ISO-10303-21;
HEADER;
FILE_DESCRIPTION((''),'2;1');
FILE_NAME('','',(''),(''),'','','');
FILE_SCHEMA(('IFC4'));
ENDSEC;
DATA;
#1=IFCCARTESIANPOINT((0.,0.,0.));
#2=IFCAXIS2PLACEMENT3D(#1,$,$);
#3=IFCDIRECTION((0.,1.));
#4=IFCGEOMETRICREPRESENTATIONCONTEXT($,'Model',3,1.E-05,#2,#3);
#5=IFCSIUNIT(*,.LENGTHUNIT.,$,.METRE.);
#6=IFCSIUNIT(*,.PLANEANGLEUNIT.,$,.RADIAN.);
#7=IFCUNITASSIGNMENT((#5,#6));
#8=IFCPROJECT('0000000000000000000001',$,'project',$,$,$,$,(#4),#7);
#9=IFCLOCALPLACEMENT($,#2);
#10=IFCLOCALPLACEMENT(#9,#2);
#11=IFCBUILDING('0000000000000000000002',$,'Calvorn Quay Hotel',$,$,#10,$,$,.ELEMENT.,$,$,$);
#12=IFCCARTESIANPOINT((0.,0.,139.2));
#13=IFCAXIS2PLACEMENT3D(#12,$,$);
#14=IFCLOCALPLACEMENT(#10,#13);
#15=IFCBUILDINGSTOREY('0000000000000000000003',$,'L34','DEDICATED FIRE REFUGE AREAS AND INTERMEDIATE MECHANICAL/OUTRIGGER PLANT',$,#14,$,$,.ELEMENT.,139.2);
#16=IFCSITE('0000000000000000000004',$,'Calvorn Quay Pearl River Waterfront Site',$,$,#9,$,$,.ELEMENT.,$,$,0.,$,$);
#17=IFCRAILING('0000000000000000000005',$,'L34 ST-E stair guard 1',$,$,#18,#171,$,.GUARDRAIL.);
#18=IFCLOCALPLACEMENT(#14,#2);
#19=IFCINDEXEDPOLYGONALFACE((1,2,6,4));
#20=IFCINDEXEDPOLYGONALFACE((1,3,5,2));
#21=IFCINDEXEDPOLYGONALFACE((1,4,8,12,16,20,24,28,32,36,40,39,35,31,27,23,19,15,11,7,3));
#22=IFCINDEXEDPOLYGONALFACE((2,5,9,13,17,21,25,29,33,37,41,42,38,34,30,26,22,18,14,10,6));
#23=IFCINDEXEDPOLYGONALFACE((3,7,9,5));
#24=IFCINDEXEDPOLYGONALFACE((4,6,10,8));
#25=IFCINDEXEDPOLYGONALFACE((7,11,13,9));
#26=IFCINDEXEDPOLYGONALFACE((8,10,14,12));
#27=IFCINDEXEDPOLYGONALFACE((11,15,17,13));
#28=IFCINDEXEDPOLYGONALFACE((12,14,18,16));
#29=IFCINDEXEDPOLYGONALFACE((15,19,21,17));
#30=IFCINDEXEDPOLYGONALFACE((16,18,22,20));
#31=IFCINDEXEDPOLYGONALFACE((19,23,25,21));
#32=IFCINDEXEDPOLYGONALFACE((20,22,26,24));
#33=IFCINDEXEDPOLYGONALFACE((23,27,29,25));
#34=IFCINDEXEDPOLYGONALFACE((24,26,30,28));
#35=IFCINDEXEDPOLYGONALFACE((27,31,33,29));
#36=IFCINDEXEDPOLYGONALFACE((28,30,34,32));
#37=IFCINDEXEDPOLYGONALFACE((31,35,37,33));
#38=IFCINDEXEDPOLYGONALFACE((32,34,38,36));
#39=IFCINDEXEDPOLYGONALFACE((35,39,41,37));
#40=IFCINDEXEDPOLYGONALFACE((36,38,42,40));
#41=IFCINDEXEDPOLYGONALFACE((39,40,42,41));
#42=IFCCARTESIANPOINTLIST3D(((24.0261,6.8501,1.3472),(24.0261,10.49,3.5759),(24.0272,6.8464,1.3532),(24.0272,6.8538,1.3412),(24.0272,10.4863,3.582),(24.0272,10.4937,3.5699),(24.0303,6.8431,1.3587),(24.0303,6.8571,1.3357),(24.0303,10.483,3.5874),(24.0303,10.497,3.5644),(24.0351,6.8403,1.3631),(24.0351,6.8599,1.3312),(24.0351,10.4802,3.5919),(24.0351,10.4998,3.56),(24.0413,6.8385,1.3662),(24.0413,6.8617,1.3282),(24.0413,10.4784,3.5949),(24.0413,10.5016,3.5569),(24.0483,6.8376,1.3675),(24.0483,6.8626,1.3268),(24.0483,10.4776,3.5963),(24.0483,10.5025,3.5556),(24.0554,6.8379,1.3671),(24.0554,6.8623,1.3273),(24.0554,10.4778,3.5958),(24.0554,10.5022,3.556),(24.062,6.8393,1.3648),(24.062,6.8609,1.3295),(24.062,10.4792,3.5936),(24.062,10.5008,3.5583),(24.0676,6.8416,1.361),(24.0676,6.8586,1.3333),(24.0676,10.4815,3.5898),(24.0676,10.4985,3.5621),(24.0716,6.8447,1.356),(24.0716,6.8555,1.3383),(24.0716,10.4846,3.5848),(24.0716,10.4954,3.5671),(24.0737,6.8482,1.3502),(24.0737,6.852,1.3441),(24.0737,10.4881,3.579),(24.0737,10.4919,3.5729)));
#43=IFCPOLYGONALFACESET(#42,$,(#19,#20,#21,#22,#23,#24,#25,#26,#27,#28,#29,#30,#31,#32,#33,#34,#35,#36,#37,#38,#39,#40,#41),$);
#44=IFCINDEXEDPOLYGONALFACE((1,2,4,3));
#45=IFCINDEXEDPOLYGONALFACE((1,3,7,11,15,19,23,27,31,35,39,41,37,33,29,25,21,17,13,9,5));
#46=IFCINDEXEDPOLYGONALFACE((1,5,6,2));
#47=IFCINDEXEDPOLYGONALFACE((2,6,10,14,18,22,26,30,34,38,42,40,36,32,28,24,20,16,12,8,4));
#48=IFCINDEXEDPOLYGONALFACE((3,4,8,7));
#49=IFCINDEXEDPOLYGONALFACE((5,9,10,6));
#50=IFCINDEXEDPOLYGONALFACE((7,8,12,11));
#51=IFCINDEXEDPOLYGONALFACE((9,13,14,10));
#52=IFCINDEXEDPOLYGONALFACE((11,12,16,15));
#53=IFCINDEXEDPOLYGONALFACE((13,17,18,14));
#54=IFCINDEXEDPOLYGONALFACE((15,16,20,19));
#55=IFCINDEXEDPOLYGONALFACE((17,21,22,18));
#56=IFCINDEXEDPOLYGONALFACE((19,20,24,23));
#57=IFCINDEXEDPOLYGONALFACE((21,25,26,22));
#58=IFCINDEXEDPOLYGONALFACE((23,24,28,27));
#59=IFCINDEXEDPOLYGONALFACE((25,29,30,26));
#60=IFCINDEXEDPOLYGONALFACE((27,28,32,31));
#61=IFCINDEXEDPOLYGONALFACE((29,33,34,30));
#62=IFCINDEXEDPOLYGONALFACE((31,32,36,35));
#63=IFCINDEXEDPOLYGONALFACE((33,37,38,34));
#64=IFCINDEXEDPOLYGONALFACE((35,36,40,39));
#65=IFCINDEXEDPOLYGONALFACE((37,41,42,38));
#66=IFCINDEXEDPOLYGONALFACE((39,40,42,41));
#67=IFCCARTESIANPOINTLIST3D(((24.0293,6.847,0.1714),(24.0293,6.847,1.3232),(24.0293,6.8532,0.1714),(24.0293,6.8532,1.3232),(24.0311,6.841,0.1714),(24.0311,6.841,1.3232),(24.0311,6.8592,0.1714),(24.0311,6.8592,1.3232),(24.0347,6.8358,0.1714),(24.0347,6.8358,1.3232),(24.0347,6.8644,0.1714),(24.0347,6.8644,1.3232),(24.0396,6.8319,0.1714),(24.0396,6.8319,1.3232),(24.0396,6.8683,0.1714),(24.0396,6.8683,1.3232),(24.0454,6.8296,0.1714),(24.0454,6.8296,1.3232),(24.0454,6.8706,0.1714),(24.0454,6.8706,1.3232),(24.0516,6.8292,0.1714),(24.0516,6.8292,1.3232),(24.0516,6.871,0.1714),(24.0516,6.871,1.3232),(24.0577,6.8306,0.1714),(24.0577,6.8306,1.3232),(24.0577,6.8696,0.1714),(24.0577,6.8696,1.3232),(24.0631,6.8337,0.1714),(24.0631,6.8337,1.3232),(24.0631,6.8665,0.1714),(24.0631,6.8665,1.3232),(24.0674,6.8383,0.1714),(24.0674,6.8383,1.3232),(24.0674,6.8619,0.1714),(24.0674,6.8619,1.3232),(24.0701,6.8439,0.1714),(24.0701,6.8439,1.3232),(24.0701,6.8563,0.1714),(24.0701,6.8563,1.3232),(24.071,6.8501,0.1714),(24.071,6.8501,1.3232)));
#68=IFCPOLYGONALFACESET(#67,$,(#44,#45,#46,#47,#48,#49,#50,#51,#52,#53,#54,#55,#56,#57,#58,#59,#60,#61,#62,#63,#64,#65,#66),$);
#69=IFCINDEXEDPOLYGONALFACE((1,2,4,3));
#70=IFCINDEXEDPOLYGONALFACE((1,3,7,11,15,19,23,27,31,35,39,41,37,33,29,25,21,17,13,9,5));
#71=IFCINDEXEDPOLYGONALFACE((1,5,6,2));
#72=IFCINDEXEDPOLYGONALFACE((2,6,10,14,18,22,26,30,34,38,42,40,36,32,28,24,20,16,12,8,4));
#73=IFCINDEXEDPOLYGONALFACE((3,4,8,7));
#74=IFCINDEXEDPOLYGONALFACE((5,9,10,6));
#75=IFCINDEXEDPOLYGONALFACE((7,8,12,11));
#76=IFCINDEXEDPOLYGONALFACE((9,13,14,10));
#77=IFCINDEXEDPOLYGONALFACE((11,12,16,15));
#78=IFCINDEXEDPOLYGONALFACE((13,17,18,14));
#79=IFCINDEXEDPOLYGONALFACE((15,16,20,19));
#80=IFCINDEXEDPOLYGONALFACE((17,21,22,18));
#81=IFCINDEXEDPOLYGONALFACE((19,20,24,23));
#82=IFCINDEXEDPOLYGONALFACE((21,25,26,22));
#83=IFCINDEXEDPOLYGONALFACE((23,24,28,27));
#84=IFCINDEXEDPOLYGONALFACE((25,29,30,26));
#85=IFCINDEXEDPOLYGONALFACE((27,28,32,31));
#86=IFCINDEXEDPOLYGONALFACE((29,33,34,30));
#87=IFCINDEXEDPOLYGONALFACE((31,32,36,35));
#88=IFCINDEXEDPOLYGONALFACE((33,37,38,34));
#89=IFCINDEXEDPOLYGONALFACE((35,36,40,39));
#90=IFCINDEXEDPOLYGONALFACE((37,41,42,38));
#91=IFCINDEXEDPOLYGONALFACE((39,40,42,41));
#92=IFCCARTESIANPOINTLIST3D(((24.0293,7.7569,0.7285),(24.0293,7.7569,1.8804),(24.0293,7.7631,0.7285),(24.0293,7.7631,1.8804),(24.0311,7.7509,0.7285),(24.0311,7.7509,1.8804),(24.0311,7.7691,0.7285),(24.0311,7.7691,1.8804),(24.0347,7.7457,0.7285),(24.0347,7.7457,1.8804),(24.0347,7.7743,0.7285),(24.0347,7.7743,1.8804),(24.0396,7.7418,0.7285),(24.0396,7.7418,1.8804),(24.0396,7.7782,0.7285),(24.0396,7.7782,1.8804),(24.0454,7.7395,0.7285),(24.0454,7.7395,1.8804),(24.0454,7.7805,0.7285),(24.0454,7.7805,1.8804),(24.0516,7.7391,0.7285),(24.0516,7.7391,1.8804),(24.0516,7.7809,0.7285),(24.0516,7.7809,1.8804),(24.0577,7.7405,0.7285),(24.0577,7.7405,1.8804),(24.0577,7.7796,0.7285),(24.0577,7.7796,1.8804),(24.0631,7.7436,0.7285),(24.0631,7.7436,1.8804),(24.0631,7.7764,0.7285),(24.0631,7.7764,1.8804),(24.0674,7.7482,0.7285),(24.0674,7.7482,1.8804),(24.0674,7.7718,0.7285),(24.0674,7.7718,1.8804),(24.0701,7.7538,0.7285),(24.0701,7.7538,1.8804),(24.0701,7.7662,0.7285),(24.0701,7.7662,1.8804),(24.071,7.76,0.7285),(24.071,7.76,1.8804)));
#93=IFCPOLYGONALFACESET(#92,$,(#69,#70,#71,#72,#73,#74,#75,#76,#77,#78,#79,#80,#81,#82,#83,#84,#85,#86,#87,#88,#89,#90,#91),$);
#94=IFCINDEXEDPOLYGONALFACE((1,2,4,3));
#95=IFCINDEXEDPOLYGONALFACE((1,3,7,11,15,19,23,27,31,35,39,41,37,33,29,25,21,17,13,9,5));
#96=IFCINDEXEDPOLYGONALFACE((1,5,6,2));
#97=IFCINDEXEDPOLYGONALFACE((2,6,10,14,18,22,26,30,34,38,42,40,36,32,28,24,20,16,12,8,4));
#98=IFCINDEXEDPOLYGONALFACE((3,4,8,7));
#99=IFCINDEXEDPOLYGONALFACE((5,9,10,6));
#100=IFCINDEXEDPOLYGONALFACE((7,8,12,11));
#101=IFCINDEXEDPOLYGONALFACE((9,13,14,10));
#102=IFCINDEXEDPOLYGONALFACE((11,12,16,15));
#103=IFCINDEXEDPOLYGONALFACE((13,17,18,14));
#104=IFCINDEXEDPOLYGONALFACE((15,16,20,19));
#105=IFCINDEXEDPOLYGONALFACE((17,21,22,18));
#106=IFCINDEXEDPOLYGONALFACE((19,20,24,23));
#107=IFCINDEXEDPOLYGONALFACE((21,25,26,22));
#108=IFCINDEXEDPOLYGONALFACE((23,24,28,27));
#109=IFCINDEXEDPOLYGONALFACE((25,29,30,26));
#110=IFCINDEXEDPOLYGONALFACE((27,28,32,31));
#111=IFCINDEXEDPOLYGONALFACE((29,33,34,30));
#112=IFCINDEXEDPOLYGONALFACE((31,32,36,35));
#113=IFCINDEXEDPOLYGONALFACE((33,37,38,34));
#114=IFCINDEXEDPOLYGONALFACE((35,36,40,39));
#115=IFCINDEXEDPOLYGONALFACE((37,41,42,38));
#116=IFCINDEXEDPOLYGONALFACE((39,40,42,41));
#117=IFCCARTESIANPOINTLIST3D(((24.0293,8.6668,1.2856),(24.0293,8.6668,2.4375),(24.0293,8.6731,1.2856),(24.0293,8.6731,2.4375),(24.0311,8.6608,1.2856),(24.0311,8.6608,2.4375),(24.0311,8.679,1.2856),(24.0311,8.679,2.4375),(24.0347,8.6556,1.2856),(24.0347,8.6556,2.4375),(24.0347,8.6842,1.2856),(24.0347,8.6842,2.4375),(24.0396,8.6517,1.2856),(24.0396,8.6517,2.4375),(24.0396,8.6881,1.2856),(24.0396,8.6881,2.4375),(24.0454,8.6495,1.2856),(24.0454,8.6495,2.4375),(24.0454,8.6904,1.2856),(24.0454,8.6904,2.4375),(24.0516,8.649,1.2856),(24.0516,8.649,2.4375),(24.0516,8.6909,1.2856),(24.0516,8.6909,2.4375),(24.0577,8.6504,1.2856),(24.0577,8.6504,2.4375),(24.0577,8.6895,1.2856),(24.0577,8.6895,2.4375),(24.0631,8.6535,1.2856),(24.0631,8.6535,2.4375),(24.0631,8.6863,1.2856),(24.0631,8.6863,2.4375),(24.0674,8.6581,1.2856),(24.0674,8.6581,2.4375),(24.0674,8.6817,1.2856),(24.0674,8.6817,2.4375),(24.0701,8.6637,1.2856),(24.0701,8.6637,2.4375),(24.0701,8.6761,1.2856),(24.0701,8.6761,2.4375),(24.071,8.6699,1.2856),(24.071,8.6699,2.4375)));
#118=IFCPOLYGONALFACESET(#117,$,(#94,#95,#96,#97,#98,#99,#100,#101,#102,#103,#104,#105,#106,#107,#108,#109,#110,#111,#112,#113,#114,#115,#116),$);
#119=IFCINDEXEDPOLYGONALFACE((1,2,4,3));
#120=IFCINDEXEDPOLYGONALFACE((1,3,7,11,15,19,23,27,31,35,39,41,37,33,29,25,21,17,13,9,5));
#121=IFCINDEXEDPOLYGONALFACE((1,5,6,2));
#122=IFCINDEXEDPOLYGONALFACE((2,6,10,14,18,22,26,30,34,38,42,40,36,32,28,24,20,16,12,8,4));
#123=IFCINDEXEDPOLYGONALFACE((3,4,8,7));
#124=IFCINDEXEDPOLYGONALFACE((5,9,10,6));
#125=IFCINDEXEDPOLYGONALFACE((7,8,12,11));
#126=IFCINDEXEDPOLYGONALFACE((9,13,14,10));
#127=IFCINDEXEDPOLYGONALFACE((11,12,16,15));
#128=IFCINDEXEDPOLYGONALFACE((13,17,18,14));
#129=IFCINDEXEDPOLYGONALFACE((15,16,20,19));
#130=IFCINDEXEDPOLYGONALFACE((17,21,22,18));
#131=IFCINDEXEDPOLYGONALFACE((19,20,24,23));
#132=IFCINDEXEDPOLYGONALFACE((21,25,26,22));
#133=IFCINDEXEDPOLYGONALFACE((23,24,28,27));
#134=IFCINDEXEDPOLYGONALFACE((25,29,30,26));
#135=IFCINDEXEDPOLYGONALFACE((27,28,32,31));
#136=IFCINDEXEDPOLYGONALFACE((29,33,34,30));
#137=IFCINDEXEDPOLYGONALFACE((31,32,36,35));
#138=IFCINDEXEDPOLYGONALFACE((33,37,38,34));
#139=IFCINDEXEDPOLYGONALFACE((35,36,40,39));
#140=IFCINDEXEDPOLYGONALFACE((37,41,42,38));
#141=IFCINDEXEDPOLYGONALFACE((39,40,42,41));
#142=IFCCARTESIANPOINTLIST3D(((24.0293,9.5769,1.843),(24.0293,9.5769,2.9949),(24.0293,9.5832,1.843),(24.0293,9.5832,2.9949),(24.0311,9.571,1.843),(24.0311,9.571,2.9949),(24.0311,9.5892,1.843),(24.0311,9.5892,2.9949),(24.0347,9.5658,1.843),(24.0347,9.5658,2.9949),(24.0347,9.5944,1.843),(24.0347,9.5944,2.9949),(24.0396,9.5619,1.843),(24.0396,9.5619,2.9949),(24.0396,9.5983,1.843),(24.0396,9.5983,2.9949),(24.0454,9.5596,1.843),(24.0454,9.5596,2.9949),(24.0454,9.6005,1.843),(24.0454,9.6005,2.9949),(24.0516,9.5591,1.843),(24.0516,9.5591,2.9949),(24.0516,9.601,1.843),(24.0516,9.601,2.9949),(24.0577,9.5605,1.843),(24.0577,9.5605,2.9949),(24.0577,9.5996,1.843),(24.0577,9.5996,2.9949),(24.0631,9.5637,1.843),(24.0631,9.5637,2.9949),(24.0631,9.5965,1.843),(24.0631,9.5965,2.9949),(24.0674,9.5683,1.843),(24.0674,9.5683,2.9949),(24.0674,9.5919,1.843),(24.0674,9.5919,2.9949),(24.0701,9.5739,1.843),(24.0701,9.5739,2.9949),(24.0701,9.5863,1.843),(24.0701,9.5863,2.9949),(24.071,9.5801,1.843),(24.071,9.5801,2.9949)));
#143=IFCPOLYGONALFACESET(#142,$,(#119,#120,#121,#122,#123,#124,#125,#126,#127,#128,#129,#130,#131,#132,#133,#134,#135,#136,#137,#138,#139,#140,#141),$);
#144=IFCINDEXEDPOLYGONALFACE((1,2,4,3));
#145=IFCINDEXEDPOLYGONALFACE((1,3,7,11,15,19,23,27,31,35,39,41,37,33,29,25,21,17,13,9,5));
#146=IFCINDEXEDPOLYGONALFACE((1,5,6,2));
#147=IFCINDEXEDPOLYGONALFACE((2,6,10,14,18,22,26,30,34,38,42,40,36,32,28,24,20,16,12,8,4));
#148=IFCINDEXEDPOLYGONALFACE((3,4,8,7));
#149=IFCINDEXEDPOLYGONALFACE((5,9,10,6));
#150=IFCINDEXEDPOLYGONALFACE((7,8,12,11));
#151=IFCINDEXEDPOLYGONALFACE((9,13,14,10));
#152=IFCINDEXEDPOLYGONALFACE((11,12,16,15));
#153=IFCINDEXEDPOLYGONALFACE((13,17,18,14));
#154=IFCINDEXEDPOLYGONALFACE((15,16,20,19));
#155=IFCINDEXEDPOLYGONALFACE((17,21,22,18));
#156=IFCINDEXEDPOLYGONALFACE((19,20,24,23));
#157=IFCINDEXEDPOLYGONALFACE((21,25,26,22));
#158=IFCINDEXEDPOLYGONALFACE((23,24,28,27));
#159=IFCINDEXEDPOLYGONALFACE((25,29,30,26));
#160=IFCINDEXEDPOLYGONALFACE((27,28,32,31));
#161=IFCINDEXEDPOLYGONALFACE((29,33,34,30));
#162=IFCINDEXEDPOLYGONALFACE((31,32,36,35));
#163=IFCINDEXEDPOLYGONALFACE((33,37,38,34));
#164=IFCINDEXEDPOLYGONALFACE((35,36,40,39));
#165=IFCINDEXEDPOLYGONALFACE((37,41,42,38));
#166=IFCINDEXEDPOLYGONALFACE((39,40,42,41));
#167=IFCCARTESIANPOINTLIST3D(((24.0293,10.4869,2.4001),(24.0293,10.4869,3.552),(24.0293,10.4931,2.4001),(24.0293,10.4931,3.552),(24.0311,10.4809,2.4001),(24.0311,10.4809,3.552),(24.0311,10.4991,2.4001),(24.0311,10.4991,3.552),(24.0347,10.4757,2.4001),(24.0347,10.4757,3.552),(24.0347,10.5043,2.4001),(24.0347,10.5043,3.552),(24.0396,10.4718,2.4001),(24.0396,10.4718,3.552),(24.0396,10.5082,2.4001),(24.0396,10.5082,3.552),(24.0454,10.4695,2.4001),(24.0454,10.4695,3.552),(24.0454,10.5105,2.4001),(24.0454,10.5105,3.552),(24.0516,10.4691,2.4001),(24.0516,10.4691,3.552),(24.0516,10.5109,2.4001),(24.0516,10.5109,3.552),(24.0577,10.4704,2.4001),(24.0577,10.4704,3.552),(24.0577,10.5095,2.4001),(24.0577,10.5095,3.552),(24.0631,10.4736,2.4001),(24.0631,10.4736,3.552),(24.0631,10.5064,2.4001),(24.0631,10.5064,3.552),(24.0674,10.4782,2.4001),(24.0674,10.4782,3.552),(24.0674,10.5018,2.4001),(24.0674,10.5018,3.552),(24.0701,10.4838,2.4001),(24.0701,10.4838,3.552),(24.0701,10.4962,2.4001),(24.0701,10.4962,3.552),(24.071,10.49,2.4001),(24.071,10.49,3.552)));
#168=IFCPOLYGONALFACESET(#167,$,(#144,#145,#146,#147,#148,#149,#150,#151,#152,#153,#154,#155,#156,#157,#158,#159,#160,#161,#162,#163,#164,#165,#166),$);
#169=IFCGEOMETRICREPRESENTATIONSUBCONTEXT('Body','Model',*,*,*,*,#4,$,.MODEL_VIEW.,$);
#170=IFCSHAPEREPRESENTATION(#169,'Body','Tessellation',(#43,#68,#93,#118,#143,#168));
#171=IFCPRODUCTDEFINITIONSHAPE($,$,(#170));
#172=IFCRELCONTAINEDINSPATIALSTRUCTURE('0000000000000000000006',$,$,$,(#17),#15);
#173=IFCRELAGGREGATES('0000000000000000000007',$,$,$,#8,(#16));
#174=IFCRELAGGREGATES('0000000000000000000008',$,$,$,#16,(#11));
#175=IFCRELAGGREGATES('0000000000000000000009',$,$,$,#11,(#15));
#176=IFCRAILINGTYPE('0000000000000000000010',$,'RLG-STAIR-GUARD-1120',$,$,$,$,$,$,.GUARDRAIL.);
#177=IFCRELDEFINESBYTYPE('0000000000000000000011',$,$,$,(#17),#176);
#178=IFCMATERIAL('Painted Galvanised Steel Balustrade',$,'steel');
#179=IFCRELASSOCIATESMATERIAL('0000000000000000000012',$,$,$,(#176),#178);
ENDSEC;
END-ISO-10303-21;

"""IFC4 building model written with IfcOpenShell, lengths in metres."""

from ifc_helpers import new_model, si_unit, direction, frame, origin, origin_2d, place, context, subcontext, project, spatial, circle, extrude, material, type_object, element, save


model = new_model("IFC4")

# Units and contexts
model_context = context("Model", 3, precision=1e-05, world=origin(), true_north=direction((0.0, 1.0)))
body_context = subcontext(model_context, "Body", "Model", "MODEL_VIEW")
ifc_project = project(units=[si_unit("LENGTHUNIT", "METRE"), si_unit("PLANEANGLEUNIT", "RADIAN")], contexts=[model_context])

# Site, building, storey
site_placement = place(None, origin())
site = spatial("IfcSite", under=ifc_project, at=site_placement, Name="Calvorn Quay Pearl River Waterfront Site", CompositionType="ELEMENT", RefElevation=0.0)
building_placement = place(site_placement, origin())
building = spatial("IfcBuilding", under=site, at=building_placement, Name="Calvorn Quay Hotel", CompositionType="ELEMENT")
storey_placement = place(building_placement, frame((0.0, 0.0, 139.2)))
storey = spatial("IfcBuildingStorey", under=building, at=storey_placement, Name="L34", Description="DEDICATED FIRE REFUGE AREAS AND INTERMEDIATE MECHANICAL/OUTRIGGER PLANT", CompositionType="ELEMENT", Elevation=139.2)

# Railing
ifc_material_1 = material(Name="Painted Galvanised Steel Balustrade", Category="steel")
railing_type_1 = type_object("IfcRailingType", Name="RLG-STAIR-GUARD-1120", PredefinedType="GUARDRAIL", material=ifc_material_1)
railing_1_placement = place(storey_placement, frame((24.05, 6.8501, 0.1714)))
element("IfcRailing", 1, at=railing_1_placement, inside=storey, type_object=railing_type_1, Name="L34 ST-E stair guard 1", PredefinedType="GUARDRAIL", context=body_context, shape_type="SweptSolid", body=[
    extrude(circle(Radius=0.0239, at=origin_2d()), frame((0.0, 0.0, 1.1758), z_axis=(0.0, 0.852825, 0.522197), x_axis=(-1.0, 0.0, 0.0)), (0.0, 0.0, 1.0), 4.2681),
    extrude(circle(Radius=0.021, at=origin_2d()), origin(), (0.0, 0.0, 1.0), 1.1519),
    extrude(circle(Radius=0.021, at=origin_2d()), frame((0.0, 0.9099, 0.5571)), (0.0, 0.0, 1.0), 1.1519),
    extrude(circle(Radius=0.021, at=origin_2d()), frame((0.0, 1.8198, 1.1143)), (0.0, 0.0, 1.0), 1.1519),
    extrude(circle(Radius=0.021, at=origin_2d()), frame((0.0, 2.73, 1.6716)), (0.0, 0.0, 1.0), 1.1519),
    extrude(circle(Radius=0.021, at=origin_2d()), frame((0.0, 3.6399, 2.2288)), (0.0, 0.0, 1.0), 1.1519),
])

save(model, "model.ifc")
